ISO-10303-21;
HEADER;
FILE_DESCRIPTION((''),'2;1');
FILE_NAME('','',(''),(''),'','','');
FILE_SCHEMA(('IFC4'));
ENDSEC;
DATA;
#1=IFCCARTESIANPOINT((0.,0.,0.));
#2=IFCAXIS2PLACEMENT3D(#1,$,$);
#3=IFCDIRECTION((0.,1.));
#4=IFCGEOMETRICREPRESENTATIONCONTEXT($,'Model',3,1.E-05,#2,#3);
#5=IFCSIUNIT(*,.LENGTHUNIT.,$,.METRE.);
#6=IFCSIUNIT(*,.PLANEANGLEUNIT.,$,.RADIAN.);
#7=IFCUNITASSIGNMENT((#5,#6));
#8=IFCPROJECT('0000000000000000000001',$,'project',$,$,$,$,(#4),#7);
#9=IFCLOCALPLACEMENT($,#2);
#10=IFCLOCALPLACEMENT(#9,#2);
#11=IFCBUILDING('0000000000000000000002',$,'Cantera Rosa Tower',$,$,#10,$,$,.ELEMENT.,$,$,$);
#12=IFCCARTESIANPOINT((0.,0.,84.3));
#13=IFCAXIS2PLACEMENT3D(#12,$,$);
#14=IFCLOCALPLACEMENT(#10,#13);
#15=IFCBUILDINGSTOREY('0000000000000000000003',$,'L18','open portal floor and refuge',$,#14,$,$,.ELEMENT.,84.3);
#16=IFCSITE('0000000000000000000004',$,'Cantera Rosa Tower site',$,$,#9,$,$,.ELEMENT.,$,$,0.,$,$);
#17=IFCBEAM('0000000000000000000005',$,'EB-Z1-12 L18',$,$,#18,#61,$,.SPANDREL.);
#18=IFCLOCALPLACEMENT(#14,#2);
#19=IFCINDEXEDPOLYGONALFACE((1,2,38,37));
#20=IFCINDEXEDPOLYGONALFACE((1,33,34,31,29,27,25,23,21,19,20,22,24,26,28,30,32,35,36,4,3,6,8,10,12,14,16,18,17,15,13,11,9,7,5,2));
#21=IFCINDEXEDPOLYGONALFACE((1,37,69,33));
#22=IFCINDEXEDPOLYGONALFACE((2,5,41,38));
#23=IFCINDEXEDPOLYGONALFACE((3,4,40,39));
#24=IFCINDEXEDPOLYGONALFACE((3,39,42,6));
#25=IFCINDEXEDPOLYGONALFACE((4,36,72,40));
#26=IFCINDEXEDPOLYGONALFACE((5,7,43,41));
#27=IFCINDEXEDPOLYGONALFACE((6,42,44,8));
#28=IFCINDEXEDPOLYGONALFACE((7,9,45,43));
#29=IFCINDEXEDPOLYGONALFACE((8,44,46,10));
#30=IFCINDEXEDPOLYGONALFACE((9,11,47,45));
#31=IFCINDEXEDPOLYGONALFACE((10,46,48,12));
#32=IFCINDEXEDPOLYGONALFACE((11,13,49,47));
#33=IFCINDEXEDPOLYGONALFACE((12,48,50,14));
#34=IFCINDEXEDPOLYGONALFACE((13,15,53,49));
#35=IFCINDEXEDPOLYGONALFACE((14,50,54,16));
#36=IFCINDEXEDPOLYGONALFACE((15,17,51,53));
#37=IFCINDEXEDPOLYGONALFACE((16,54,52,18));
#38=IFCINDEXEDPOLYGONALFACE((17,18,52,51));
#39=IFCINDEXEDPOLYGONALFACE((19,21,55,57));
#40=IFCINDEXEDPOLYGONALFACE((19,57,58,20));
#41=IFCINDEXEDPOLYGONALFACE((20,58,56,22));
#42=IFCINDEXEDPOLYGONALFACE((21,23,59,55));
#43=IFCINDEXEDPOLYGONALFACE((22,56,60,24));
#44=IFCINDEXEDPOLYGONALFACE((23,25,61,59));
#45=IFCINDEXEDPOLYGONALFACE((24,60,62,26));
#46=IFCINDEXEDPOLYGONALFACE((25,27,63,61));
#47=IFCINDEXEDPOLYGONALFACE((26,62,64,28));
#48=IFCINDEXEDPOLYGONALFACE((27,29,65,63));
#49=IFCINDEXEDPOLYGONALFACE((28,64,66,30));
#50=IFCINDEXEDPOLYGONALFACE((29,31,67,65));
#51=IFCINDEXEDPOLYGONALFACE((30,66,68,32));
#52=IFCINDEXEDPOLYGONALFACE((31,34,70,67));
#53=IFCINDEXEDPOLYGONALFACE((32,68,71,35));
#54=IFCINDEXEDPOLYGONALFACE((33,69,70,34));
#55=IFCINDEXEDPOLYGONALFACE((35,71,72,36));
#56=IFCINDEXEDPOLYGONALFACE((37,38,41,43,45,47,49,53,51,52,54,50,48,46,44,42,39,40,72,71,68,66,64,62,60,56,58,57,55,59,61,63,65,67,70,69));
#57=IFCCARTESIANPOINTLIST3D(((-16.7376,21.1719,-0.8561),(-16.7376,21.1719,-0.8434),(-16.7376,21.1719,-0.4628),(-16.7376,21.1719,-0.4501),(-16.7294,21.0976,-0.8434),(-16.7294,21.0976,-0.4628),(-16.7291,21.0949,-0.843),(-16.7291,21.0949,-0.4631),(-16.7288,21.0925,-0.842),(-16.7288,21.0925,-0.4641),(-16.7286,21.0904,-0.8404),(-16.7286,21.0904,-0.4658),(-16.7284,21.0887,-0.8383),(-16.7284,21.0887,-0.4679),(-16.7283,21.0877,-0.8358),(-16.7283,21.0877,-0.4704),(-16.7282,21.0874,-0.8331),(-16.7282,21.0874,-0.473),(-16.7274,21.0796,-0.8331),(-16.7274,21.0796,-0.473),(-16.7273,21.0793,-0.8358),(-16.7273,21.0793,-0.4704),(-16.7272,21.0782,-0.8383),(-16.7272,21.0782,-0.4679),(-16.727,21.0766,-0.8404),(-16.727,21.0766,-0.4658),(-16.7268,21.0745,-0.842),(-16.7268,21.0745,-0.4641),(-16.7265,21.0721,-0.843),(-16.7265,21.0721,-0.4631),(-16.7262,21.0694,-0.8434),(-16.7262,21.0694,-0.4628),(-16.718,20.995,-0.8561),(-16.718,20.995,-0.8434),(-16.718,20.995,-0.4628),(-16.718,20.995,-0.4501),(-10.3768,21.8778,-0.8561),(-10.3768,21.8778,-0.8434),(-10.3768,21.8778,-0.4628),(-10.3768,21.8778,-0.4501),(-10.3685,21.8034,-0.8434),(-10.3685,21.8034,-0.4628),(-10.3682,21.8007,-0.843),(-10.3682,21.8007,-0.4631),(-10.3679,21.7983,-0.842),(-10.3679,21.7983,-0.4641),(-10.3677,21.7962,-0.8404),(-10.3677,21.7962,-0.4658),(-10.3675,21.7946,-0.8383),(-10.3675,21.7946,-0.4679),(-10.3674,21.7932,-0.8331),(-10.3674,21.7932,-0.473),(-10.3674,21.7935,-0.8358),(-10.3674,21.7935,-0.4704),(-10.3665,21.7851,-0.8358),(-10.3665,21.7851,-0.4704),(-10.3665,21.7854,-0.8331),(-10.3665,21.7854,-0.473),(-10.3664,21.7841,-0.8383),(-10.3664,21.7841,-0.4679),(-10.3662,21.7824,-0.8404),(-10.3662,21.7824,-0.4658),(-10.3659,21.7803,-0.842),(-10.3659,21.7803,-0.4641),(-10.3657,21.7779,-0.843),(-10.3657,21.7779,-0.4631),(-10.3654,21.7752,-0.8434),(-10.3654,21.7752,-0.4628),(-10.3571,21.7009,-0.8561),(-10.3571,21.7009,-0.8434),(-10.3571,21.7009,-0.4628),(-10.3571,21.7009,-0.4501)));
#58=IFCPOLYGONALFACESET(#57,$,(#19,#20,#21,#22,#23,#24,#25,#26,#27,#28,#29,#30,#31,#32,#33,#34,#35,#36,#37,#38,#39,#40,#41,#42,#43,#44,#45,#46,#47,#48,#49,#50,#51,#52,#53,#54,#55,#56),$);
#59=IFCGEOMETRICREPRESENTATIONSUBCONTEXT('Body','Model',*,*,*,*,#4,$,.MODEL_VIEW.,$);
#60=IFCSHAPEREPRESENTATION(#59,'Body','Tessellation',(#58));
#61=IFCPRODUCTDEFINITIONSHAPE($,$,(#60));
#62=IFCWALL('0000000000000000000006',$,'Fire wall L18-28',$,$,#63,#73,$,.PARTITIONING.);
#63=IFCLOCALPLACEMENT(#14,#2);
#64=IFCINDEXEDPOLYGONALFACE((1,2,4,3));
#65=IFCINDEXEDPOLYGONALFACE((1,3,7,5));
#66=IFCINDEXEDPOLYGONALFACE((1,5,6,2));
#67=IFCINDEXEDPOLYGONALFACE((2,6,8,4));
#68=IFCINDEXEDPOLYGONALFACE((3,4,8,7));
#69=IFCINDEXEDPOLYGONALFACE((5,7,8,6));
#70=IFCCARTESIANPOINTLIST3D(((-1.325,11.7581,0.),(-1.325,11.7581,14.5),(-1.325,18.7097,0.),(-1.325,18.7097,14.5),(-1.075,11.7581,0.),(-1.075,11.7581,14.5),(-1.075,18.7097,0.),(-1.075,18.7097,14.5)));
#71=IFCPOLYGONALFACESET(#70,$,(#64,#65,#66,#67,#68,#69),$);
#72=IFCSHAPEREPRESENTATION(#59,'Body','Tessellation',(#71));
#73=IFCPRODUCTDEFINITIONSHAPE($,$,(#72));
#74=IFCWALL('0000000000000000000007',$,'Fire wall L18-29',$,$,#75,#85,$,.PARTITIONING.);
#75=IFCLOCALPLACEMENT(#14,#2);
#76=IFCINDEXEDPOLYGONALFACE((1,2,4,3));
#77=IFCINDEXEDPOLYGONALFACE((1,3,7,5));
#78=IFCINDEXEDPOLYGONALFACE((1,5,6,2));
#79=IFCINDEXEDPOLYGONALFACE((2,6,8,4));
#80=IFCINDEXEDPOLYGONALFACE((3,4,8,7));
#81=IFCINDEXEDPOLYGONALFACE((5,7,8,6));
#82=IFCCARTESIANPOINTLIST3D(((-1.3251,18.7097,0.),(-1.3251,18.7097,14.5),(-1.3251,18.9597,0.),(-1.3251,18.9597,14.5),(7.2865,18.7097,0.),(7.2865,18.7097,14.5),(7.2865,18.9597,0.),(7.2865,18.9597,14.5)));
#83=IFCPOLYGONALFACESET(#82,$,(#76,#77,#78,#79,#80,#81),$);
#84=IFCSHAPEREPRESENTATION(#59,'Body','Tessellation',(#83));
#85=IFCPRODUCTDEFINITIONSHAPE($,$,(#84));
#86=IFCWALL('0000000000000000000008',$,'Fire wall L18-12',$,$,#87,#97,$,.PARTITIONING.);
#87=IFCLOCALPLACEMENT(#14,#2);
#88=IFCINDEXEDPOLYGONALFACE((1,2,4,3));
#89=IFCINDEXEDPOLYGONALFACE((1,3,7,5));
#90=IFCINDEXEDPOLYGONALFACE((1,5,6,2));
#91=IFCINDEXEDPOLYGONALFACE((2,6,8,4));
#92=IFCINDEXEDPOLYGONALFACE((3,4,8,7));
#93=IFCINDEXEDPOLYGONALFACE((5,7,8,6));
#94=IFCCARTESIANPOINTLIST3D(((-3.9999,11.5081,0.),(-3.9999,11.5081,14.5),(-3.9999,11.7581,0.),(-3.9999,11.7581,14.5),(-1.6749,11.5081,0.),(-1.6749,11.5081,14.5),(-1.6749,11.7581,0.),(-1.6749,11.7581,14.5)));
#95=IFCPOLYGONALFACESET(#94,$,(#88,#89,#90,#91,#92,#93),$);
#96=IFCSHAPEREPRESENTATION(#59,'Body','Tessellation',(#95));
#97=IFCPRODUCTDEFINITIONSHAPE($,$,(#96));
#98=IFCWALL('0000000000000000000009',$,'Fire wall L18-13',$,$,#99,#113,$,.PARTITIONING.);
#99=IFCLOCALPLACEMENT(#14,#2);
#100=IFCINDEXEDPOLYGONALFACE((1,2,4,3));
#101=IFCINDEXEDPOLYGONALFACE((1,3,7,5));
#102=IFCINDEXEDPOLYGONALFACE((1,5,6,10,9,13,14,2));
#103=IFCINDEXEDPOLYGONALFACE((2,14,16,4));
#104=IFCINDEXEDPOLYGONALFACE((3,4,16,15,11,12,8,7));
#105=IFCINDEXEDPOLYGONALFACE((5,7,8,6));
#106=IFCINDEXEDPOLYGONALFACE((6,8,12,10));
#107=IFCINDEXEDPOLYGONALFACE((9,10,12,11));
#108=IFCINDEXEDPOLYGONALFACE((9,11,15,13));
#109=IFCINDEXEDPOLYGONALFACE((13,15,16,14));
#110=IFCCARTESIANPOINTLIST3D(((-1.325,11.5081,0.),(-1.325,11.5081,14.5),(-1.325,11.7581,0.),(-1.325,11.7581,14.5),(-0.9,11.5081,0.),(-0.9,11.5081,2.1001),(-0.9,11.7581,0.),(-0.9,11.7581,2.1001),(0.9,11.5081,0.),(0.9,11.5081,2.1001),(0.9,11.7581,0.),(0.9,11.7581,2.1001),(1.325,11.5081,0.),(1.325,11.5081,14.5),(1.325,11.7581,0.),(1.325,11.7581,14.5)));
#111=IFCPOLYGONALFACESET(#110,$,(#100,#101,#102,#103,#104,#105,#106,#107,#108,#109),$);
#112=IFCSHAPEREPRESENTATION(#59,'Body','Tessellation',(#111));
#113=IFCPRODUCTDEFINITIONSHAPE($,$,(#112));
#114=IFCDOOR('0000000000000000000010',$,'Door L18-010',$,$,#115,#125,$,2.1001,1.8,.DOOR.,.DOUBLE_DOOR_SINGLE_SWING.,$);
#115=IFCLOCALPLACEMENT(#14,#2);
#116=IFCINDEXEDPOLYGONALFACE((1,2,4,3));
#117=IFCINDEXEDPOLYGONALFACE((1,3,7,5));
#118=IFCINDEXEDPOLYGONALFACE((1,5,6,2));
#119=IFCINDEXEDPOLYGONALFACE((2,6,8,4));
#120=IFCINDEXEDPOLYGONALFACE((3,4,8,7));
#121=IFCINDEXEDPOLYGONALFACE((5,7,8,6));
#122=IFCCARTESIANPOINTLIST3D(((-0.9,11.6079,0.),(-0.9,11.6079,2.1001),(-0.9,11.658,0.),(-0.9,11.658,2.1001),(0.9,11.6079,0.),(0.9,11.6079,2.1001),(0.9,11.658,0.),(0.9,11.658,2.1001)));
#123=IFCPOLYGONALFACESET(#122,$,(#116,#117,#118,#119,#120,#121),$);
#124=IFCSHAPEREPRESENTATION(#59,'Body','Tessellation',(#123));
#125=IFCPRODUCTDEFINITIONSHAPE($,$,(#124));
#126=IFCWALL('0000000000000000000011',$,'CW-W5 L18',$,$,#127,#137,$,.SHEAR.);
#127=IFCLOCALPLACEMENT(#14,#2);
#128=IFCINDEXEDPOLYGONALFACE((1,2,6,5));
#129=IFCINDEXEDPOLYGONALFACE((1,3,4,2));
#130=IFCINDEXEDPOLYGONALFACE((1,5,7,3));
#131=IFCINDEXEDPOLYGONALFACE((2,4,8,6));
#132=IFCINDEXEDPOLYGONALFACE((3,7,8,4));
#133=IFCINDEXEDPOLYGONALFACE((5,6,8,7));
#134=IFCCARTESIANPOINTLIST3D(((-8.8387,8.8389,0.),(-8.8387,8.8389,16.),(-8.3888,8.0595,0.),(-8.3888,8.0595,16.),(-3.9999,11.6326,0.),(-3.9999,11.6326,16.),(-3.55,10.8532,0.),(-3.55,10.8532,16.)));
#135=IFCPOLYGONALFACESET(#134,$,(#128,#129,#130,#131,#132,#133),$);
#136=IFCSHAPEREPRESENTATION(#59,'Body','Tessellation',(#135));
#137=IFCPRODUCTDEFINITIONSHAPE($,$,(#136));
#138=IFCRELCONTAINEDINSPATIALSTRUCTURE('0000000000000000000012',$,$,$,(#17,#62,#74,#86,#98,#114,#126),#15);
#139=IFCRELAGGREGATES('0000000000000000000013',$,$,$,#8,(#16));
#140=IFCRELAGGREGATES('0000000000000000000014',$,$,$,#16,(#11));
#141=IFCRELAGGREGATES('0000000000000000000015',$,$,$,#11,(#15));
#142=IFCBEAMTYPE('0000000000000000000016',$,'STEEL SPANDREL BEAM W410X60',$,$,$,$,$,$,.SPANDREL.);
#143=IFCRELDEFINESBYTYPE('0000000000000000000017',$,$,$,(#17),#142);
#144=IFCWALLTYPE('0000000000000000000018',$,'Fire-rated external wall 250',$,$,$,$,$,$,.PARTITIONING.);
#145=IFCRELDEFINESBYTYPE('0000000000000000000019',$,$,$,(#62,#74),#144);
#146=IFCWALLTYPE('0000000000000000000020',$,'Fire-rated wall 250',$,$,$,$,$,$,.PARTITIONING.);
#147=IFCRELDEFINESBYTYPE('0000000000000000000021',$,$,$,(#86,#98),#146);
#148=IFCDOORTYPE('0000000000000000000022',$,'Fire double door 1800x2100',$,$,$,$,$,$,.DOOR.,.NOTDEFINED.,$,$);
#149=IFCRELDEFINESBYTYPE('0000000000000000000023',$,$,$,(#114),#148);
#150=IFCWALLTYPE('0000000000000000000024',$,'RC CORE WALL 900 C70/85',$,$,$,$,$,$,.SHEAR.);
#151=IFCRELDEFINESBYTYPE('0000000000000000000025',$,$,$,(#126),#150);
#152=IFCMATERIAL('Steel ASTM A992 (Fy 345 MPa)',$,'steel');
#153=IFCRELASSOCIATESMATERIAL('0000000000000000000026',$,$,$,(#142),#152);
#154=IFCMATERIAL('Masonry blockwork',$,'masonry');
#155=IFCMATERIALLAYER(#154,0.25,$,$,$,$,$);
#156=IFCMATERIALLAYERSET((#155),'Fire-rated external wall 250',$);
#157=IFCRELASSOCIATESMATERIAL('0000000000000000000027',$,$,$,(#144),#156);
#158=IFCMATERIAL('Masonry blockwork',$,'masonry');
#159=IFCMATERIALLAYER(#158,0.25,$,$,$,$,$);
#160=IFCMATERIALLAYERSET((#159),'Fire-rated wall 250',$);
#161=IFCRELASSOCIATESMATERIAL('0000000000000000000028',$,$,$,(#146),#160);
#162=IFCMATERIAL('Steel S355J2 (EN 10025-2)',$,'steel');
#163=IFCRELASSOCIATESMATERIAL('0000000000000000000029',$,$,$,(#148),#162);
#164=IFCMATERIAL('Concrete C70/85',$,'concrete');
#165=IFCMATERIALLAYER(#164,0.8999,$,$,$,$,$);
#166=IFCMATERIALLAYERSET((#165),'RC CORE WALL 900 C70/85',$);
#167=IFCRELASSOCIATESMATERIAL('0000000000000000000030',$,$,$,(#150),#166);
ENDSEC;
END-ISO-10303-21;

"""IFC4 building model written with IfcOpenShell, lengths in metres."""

from ifc_helpers import new_model, si_unit, direction, frame, frame_2d, origin, origin_2d, place, context, subcontext, project, spatial, rectangle, i_section, extrude, material, layer, layer_set, material_profile, profile_set, type_object, element, fill, save


model = new_model("IFC4")

# Units and contexts
model_context = context("Model", 3, precision=1e-05, world=origin(), true_north=direction((0.0, 1.0)))
body_context = subcontext(model_context, "Body", "Model", "MODEL_VIEW")
ifc_project = project(units=[si_unit("LENGTHUNIT", "METRE"), si_unit("PLANEANGLEUNIT", "RADIAN")], contexts=[model_context])

# Site, building, storey
site_placement = place(None, origin())
site = spatial("IfcSite", under=ifc_project, at=site_placement, Name="Cantera Rosa Tower site", CompositionType="ELEMENT", RefElevation=0.0)
building_placement = place(site_placement, origin())
building = spatial("IfcBuilding", under=site, at=building_placement, Name="Cantera Rosa Tower", CompositionType="ELEMENT")
storey_placement = place(building_placement, frame((0.0, 0.0, 84.3)))
storey = spatial("IfcBuildingStorey", under=building, at=storey_placement, Name="L18", Description="open portal floor and refuge", CompositionType="ELEMENT", Elevation=84.3)

# Beam
ifc_material_1 = material(Name="Steel ASTM A992 (Fy 345 MPa)", Category="steel")
ifc_material_profile_1 = material_profile(ifc_material_1, i_section(OverallWidth=0.178, OverallDepth=0.406, WebThickness=0.0078, FlangeThickness=0.0127, FilletRadius=0.0103, at=origin_2d()), Name="W410X60")
ifc_profile_set_1 = profile_set([ifc_material_profile_1], Name="Steel ASTM A992 (Fy 345 MPa)")
beam_type_1 = type_object("IfcBeamType", Name="STEEL SPANDREL BEAM W410X60", PredefinedType="SPANDREL", material=ifc_profile_set_1)
beam_1_placement = place(storey_placement, frame((-10.3669, 21.7893, -0.6531), z_axis=(-0.9939, -0.110285, 0.0), x_axis=(0.110285, -0.9939, 0.0)))
element("IfcBeam", 1, at=beam_1_placement, inside=storey, type_object=beam_type_1, Name="EB-Z1-12 L18", PredefinedType="SPANDREL", context=body_context, shape_type="SweptSolid", body=[
    extrude(i_section(OverallWidth=0.178, OverallDepth=0.406, WebThickness=0.0078, FlangeThickness=0.0127, FilletRadius=0.0103, at=origin_2d()), origin(), (0.0, 0.0, 1.0), 6.3999),
])

# Walls
ifc_material_2 = material(Name="Masonry blockwork", Category="masonry")
ifc_layer_1 = layer(ifc_material_2, 0.25)
ifc_layer_set_1 = layer_set([ifc_layer_1], Name="Fire-rated external wall 250")
wall_type_1 = type_object("IfcWallType", Name="Fire-rated external wall 250", PredefinedType="PARTITIONING", material=ifc_layer_set_1)
wall_1_placement = place(storey_placement, frame((-1.2, 11.7581, 0.0), z_axis=(0.0, 0.0, 1.0), x_axis=(0.0, 1.0, 0.0)))
element("IfcWall", 2, at=wall_1_placement, inside=storey, type_object=wall_type_1, Name="Fire wall L18-28", PredefinedType="PARTITIONING", context=body_context, shape_type="SweptSolid", body=[
    extrude(rectangle(XDim=6.9517, YDim=0.25, at=frame_2d((3.4758, 0.0))), origin(), (0.0, 0.0, 1.0), 14.5),
])
wall_2_placement = place(storey_placement, frame((-1.325, 18.8347, 0.0), z_axis=(0.0, 0.0, 1.0), x_axis=(1.0, 0.0, 0.0)))
element("IfcWall", 3, at=wall_2_placement, inside=storey, type_object=wall_type_1, Name="Fire wall L18-29", PredefinedType="PARTITIONING", context=body_context, shape_type="SweptSolid", body=[
    extrude(rectangle(XDim=8.6116, YDim=0.25, at=frame_2d((4.3057, 0.0))), origin(), (0.0, 0.0, 1.0), 14.5),
])
ifc_material_3 = material(Name="Masonry blockwork", Category="masonry")
ifc_layer_2 = layer(ifc_material_3, 0.25)
ifc_layer_set_2 = layer_set([ifc_layer_2], Name="Fire-rated wall 250")
wall_type_2 = type_object("IfcWallType", Name="Fire-rated wall 250", PredefinedType="PARTITIONING", material=ifc_layer_set_2)
wall_3_placement = place(storey_placement, frame((-4.0, 11.6331, 0.0), z_axis=(0.0, 0.0, 1.0), x_axis=(1.0, 0.0, 0.0)))
element("IfcWall", 4, at=wall_3_placement, inside=storey, type_object=wall_type_2, Name="Fire wall L18-12", PredefinedType="PARTITIONING", context=body_context, shape_type="SweptSolid", body=[
    extrude(rectangle(XDim=2.325, YDim=0.25, at=frame_2d((1.1626, 0.0))), origin(), (0.0, 0.0, 1.0), 14.5),
])

# Wall, opening, door
wall_4_placement = place(storey_placement, frame((-1.325, 11.6331, 0.0), z_axis=(0.0, 0.0, 1.0), x_axis=(1.0, 0.0, 0.0)))
wall_4 = element("IfcWall", 5, at=wall_4_placement, inside=storey, type_object=wall_type_2, Name="Fire wall L18-13", PredefinedType="PARTITIONING", context=body_context, shape_type="SweptSolid", body=[
    extrude(rectangle(XDim=2.6499, YDim=0.25, at=frame_2d((1.325, 0.0))), origin(), (0.0, 0.0, 1.0), 14.5),
])
opening_1_placement = place(wall_4_placement, frame((0.425, 0.0, 0.0)))
opening_1 = element("IfcOpeningElement", 6, at=opening_1_placement, cuts=wall_4, PredefinedType="OPENING", context=body_context, shape_type="SweptSolid", body=[
    extrude(rectangle(XDim=1.8, YDim=2.1001, at=frame_2d((0.8999, 1.05))), frame((0.0, 0.135, 0.0), z_axis=(0.0, -1.0, 0.0), x_axis=(1.0, 0.0, 0.0)), (0.0, 0.0, 1.0), 0.27),
])
ifc_material_4 = material(Name="Steel S355J2 (EN 10025-2)", Category="steel")
door_type_1 = type_object("IfcDoorType", Name="Fire double door 1800x2100", OperationType="NOTDEFINED", PredefinedType="DOOR", material=ifc_material_4)
door_1_placement = place(opening_1_placement, origin())
door_1 = element("IfcDoor", 7, at=door_1_placement, inside=storey, type_object=door_type_1, Name="Door L18-010", OperationType="DOUBLE_DOOR_SINGLE_SWING", OverallHeight=2.1001, OverallWidth=1.8, PredefinedType="DOOR", context=body_context, shape_type="SweptSolid", body=[
    extrude(rectangle(XDim=1.8, YDim=2.1001, at=frame_2d((0.8999, 1.05))), frame((0.0, 0.0249, 0.0), z_axis=(0.0, -1.0, 0.0), x_axis=(1.0, 0.0, 0.0)), (0.0, 0.0, 1.0), 0.05),
])
fill(opening_1, door_1)

# Wall
ifc_material_5 = material(Name="Concrete C70/85", Category="concrete")
ifc_layer_3 = layer(ifc_material_5, 0.8999)
ifc_layer_set_3 = layer_set([ifc_layer_3], Name="RC CORE WALL 900 C70/85")
wall_type_3 = type_object("IfcWallType", Name="RC CORE WALL 900 C70/85", PredefinedType="SHEAR", material=ifc_layer_set_3)
wall_5_placement = place(storey_placement, frame((-8.6138, 8.4492, 0.0), z_axis=(0.0, 0.0, 1.0), x_axis=(0.866027, 0.499997, 0.0)))
element("IfcWall", 8, at=wall_5_placement, inside=storey, type_object=wall_type_3, Name="CW-W5 L18", PredefinedType="SHEAR", context=body_context, shape_type="SweptSolid", body=[
    extrude(rectangle(XDim=5.5874, YDim=0.8999, at=frame_2d((2.7937, 0.0))), origin(), (0.0, 0.0, 1.0), 16.0),
])

save(model, "model.ifc")
